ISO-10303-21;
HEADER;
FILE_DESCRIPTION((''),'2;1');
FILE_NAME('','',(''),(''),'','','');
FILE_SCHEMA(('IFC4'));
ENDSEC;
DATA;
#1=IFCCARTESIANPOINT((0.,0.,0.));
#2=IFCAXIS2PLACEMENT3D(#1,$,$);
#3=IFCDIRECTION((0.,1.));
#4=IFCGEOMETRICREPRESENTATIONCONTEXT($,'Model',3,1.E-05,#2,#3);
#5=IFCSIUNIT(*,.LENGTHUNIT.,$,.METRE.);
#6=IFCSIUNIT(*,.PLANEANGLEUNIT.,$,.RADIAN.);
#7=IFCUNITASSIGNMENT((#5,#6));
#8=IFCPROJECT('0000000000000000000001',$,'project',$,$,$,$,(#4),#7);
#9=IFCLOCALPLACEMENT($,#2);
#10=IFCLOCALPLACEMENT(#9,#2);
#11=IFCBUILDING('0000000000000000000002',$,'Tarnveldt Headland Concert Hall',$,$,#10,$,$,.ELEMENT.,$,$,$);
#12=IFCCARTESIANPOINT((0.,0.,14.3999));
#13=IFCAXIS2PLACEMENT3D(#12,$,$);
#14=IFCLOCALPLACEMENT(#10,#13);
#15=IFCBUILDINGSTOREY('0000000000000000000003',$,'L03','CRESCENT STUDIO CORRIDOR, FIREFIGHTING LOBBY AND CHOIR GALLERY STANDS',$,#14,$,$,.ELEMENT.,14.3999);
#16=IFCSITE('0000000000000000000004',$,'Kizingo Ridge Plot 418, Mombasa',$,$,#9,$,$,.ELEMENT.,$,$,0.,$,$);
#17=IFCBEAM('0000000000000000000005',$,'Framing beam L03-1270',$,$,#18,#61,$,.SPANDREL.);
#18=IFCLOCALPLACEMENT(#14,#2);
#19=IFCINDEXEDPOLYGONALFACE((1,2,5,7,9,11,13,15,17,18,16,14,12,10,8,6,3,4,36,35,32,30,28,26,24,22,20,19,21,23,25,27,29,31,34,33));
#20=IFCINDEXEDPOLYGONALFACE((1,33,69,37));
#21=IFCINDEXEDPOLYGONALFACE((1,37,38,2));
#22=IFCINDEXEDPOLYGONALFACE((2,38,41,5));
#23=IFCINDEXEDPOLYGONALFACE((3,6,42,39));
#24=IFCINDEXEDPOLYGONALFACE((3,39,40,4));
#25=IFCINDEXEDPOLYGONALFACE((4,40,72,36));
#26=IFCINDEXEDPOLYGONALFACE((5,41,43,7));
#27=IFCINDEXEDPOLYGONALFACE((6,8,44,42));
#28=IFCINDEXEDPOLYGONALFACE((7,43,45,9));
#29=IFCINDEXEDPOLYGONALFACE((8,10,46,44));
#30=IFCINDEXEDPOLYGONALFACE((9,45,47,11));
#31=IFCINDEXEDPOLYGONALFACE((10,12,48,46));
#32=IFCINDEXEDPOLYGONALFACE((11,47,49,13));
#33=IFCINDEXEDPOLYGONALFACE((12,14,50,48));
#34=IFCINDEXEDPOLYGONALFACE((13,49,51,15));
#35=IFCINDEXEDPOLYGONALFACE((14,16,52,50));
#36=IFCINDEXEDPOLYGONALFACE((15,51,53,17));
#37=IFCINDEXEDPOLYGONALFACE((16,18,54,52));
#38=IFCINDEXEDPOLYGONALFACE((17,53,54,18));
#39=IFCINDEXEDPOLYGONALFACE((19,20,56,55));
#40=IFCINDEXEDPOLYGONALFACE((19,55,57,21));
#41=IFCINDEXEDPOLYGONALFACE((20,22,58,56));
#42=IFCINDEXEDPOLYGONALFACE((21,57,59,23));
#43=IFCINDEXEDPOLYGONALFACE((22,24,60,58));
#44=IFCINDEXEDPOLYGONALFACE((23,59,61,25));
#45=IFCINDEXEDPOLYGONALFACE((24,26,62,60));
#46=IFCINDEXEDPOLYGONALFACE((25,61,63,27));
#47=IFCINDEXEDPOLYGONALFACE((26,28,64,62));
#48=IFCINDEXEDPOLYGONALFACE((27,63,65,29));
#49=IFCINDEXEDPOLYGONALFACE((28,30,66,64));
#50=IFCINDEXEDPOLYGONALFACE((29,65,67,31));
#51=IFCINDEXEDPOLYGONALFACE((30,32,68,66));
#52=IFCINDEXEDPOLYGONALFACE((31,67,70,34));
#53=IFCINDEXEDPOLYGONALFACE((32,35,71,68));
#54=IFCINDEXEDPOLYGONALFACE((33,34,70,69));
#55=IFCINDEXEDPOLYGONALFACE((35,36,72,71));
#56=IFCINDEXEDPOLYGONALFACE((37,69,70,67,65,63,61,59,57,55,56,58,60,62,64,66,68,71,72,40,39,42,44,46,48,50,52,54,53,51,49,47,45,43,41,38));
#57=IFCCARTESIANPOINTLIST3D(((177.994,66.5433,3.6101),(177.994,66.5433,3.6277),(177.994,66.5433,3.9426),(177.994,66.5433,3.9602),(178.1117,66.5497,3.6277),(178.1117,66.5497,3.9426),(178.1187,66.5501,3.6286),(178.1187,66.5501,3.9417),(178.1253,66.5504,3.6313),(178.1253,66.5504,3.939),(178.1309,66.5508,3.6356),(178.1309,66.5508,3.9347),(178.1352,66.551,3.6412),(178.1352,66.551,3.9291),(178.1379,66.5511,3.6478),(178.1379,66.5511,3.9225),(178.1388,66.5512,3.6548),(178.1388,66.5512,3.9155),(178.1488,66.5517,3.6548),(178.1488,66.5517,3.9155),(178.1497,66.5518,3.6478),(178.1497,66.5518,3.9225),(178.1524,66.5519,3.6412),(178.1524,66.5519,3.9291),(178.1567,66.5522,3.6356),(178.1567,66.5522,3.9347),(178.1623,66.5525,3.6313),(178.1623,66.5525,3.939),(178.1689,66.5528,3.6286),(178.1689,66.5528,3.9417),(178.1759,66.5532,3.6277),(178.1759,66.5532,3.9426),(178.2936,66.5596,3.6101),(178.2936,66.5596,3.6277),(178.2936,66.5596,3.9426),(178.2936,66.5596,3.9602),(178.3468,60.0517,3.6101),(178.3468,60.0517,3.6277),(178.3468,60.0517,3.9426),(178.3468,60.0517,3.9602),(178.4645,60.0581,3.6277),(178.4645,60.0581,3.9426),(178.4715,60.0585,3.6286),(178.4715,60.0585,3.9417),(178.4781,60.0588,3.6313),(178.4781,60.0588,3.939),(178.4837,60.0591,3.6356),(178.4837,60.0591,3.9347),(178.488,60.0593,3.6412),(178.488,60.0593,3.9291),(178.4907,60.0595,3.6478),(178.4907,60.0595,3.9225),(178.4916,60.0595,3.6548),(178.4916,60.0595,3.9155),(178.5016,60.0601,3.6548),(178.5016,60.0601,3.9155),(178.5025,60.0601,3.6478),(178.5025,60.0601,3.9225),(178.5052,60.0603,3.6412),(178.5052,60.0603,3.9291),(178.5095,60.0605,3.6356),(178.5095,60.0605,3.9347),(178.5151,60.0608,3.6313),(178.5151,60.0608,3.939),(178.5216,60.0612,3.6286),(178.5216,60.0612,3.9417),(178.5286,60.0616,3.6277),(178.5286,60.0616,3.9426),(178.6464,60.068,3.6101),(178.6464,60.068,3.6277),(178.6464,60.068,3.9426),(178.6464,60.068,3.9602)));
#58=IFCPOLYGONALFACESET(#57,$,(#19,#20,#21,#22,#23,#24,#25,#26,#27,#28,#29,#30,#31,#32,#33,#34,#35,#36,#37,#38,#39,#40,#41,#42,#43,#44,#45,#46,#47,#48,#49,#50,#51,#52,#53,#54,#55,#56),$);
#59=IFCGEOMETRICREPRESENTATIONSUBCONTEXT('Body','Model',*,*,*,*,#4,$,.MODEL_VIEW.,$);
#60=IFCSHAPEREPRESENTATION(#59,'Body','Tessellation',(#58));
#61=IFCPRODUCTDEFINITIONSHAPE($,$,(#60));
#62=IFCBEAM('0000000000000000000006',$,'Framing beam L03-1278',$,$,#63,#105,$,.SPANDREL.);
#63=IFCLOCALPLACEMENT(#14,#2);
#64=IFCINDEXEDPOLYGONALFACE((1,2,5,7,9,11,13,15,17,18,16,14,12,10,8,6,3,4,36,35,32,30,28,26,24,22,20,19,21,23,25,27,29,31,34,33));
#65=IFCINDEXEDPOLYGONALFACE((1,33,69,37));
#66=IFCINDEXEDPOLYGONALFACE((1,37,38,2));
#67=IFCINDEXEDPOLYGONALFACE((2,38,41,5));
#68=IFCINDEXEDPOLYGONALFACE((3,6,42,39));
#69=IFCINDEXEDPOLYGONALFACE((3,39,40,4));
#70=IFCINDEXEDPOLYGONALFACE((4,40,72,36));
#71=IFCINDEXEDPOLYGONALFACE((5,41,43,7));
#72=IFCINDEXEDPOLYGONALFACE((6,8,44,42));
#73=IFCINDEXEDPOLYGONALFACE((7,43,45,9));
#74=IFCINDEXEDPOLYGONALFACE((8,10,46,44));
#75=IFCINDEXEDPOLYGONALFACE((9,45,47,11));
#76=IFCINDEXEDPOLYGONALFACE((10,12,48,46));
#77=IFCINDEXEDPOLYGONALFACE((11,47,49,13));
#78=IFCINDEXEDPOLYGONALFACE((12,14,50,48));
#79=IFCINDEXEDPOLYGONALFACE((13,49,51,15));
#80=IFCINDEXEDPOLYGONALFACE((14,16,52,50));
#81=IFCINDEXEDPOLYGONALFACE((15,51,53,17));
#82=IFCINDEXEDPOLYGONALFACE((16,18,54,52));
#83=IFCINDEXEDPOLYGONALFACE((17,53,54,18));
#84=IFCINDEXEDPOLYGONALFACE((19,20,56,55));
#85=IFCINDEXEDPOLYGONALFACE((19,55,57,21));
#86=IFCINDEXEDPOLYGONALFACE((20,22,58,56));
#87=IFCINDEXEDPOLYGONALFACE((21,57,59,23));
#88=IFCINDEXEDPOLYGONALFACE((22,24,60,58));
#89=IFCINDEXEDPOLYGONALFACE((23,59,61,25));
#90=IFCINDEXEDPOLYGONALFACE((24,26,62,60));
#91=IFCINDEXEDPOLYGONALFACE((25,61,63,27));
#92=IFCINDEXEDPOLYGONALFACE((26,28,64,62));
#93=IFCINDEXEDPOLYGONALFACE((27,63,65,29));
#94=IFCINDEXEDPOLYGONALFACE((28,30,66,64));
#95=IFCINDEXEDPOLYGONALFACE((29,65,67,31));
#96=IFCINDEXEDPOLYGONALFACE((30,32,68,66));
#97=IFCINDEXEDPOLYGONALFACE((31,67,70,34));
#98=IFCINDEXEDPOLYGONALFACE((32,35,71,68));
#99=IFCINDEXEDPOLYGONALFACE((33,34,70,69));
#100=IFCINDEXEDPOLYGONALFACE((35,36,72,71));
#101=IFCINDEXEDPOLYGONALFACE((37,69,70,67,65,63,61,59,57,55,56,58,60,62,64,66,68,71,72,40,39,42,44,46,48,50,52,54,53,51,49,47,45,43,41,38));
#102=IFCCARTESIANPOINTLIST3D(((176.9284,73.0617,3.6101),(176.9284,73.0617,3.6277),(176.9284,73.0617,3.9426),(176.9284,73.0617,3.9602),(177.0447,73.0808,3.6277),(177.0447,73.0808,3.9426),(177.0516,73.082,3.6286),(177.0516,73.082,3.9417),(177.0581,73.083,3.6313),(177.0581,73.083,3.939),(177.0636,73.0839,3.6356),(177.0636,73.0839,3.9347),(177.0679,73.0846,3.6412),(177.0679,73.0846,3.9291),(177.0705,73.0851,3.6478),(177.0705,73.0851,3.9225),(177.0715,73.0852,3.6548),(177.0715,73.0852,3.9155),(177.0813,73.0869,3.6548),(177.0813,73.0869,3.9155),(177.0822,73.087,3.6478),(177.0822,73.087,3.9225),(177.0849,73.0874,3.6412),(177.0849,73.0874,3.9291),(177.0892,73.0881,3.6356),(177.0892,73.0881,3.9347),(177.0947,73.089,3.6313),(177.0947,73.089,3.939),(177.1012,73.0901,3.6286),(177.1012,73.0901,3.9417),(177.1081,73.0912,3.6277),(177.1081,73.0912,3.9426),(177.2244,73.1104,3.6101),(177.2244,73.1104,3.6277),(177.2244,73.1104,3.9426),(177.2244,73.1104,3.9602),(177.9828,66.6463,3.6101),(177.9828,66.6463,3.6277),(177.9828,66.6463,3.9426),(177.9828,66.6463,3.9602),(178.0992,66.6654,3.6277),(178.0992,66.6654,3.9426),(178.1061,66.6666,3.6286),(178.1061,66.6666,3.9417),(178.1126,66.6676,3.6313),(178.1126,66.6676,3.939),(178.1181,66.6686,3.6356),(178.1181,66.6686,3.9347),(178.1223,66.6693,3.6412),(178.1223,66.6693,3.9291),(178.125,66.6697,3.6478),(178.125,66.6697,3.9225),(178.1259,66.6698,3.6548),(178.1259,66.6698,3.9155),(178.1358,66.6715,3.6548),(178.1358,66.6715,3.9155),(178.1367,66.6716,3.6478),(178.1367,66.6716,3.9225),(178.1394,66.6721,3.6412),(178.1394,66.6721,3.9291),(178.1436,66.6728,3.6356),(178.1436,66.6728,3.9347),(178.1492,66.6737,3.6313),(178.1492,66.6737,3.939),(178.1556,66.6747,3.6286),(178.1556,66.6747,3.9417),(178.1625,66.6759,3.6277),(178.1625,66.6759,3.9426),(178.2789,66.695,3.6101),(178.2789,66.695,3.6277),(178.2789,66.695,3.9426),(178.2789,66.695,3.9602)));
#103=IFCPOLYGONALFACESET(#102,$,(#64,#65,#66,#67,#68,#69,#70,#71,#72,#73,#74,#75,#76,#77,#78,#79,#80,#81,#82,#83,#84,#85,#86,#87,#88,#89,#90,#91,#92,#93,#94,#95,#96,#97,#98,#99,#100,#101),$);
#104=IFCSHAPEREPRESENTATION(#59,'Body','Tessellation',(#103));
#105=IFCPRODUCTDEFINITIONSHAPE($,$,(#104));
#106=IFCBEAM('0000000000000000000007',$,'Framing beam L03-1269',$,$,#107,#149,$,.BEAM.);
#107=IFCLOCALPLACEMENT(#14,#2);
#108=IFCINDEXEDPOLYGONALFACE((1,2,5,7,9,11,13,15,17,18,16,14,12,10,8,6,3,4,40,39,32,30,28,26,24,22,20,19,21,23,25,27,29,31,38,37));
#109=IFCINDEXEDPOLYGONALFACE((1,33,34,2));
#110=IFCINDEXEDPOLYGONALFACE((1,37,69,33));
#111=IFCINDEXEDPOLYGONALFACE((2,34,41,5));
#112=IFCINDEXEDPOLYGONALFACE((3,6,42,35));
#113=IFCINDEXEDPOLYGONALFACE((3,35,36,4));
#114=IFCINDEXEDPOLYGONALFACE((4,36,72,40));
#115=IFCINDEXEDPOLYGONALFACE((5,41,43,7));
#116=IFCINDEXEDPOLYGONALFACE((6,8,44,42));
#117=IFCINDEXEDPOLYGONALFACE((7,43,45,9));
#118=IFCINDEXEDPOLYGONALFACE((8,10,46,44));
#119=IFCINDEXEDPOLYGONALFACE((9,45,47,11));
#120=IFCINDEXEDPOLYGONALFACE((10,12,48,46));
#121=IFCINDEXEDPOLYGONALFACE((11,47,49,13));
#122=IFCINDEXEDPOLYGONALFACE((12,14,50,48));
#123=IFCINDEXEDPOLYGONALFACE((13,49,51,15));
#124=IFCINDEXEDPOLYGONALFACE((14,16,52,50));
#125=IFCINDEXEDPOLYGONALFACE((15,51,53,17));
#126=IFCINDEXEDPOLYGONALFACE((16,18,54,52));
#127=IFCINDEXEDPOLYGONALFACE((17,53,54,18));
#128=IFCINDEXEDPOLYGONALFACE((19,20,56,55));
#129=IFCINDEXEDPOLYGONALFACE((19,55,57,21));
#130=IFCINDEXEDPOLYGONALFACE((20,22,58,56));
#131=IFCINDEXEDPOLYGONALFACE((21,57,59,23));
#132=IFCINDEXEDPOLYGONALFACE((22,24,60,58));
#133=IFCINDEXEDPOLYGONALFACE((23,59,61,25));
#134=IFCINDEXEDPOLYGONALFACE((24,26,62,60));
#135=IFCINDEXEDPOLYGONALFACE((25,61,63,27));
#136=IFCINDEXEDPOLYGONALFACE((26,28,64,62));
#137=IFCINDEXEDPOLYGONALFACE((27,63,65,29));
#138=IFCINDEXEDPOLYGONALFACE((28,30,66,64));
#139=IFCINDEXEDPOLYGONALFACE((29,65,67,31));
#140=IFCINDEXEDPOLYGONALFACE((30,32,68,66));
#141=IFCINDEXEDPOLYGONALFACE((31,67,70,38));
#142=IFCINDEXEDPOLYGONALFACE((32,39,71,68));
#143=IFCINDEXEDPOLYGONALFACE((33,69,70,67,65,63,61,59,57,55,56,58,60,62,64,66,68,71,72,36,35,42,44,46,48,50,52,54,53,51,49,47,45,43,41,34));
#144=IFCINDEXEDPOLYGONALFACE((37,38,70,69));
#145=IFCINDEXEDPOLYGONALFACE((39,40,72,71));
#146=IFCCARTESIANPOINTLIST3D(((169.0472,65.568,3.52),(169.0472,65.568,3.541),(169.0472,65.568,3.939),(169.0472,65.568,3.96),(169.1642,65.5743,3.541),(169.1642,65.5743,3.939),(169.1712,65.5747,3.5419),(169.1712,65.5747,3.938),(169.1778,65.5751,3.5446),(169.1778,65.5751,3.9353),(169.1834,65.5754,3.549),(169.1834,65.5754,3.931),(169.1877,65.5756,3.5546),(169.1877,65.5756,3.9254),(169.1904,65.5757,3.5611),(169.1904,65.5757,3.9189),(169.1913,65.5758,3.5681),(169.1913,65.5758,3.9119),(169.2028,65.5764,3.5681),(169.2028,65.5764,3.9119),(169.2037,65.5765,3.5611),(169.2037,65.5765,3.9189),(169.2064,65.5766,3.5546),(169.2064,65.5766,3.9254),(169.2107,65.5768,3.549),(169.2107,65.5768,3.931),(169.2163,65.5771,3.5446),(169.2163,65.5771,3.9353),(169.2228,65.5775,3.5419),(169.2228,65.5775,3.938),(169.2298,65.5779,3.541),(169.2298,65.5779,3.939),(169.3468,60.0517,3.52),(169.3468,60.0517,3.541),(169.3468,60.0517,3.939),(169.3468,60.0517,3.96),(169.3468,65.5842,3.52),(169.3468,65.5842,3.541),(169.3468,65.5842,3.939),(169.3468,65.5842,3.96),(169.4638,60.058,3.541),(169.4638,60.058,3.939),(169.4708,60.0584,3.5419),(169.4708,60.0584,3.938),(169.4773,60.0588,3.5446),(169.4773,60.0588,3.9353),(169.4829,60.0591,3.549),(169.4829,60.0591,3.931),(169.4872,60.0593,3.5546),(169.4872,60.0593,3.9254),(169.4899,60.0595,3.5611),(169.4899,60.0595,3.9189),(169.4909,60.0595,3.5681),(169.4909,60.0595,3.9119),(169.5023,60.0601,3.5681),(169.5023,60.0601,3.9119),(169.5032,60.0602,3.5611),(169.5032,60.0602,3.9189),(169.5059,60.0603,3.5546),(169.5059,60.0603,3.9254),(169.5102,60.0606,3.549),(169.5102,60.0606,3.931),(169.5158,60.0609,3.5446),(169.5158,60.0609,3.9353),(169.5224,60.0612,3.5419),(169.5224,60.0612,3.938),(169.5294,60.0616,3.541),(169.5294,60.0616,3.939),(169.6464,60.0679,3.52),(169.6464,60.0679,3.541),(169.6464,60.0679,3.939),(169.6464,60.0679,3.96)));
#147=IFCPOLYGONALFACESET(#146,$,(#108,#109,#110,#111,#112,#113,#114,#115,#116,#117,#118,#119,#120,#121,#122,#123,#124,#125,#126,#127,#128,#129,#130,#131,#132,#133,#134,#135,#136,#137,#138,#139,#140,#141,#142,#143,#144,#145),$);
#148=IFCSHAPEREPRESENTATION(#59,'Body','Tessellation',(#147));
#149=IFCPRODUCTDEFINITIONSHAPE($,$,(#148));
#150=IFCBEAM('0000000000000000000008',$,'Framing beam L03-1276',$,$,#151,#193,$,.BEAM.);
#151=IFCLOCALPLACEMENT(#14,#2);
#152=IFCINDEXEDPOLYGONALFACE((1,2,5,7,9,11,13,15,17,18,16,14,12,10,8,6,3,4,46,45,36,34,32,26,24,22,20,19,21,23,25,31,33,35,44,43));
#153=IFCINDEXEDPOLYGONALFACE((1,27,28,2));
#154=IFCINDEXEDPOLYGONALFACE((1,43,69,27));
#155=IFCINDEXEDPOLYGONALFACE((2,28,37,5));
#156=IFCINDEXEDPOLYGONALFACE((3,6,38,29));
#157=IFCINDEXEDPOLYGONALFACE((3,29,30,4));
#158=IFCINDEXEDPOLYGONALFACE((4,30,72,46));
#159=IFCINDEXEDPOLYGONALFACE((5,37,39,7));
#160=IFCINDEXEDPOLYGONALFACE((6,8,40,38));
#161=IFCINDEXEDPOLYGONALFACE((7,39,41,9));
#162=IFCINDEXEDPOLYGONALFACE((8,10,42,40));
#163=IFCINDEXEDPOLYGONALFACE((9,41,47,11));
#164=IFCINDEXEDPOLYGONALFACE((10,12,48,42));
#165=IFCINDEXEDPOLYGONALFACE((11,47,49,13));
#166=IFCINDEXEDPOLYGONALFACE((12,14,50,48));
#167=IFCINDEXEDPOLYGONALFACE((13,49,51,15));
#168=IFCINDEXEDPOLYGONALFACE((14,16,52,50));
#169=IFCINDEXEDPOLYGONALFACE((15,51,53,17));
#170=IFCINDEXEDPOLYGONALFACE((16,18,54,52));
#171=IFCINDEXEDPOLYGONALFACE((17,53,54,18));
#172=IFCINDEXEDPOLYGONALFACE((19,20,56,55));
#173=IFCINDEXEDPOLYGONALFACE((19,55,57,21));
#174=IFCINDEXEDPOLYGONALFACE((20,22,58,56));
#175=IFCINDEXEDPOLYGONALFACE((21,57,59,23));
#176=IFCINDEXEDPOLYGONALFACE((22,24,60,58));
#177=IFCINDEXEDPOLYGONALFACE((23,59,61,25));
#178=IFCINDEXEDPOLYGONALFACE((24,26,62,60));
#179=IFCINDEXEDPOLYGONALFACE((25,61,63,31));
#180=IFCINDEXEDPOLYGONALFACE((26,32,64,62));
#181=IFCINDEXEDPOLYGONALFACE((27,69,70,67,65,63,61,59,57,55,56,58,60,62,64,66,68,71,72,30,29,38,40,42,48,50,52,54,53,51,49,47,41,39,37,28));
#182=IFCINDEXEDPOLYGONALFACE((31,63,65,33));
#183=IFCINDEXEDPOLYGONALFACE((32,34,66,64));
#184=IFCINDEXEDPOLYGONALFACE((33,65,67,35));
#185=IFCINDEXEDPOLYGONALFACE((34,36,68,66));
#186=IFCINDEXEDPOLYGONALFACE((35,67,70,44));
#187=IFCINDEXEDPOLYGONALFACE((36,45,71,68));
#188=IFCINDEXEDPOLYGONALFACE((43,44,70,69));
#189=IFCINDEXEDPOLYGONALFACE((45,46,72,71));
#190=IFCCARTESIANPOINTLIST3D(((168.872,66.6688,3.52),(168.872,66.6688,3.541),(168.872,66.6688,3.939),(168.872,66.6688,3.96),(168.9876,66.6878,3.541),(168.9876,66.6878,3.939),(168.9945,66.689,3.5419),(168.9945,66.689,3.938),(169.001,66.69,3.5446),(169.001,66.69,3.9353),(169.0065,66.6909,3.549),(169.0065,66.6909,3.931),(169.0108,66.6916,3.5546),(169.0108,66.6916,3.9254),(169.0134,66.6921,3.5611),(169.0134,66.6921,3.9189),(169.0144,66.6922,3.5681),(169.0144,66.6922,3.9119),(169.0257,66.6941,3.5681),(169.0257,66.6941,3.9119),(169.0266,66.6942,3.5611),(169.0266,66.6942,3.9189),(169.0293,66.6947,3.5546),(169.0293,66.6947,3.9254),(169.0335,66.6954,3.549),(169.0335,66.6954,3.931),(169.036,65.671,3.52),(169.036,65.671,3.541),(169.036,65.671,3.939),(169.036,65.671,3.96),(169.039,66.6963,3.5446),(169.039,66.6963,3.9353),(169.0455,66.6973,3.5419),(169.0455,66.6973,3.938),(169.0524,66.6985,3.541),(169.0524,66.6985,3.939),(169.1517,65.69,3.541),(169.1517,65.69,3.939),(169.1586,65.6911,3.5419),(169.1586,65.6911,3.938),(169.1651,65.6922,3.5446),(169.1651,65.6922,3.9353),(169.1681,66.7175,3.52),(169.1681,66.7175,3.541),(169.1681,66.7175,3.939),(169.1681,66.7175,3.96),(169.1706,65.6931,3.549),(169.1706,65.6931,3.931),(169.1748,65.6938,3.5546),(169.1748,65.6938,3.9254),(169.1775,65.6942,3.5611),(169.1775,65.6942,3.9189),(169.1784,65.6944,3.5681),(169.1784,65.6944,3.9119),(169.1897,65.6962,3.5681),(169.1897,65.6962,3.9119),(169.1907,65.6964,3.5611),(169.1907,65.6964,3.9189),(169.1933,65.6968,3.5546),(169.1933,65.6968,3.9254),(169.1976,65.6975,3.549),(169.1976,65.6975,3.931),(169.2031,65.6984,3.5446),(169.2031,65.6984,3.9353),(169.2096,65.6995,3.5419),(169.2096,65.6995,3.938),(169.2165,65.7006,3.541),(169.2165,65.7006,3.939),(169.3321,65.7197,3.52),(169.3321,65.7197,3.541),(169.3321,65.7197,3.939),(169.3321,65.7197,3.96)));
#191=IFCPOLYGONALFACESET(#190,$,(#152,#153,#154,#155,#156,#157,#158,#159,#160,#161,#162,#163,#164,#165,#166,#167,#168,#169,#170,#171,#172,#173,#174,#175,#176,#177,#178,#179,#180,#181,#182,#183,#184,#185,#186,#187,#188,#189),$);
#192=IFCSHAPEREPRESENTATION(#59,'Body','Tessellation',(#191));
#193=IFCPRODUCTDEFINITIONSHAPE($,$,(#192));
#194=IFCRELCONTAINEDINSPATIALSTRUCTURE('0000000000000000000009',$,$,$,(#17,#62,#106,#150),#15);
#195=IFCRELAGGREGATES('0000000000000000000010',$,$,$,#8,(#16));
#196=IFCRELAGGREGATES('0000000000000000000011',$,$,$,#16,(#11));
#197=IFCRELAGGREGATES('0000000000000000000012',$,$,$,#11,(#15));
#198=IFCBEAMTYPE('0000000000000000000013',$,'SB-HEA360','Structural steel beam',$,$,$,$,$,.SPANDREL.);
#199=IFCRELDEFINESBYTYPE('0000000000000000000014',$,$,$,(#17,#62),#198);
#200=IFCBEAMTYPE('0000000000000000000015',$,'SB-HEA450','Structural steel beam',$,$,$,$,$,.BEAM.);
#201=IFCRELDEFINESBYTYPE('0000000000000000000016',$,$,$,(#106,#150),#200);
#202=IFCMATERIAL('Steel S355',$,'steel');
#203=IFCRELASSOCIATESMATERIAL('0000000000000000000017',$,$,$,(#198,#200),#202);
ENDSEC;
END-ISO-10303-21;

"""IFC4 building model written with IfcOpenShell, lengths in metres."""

from ifc_helpers import new_model, si_unit, direction, frame, origin, origin_2d, place, context, subcontext, project, spatial, i_section, extrude, material, material_profile, profile_set, type_object, element, save


model = new_model("IFC4")

# Units and contexts
model_context = context("Model", 3, precision=1e-05, world=origin(), true_north=direction((0.0, 1.0)))
body_context = subcontext(model_context, "Body", "Model", "MODEL_VIEW")
ifc_project = project(units=[si_unit("LENGTHUNIT", "METRE"), si_unit("PLANEANGLEUNIT", "RADIAN")], contexts=[model_context])

# Site, building, storey
site_placement = place(None, origin())
site = spatial("IfcSite", under=ifc_project, at=site_placement, Name="Kizingo Ridge Plot 418, Mombasa", CompositionType="ELEMENT", RefElevation=0.0)
building_placement = place(site_placement, origin())
building = spatial("IfcBuilding", under=site, at=building_placement, Name="Tarnveldt Headland Concert Hall", CompositionType="ELEMENT")
storey_placement = place(building_placement, frame((0.0, 0.0, 14.3999)))
storey = spatial("IfcBuildingStorey", under=building, at=storey_placement, Name="L03", Description="CRESCENT STUDIO CORRIDOR, FIREFIGHTING LOBBY AND CHOIR GALLERY STANDS", CompositionType="ELEMENT", Elevation=14.3999)

# Shared definitions
ifc_material_1 = material(Name="Steel S355", Category="steel")

# Beams
ifc_material_profile_1 = material_profile(ifc_material_1, i_section(OverallWidth=0.3, OverallDepth=0.3501, WebThickness=0.01, FlangeThickness=0.0176, FilletRadius=0.0271, at=origin_2d()), Name="HEA360", Category="steel")
ifc_profile_set_1 = profile_set([ifc_material_profile_1], Name="Steel S355")
beam_type_1 = type_object("IfcBeamType", Name="SB-HEA360", Description="Structural steel beam", PredefinedType="SPANDREL", material=ifc_profile_set_1)
beam_1_placement = place(storey_placement, frame((178.4966, 60.0598, 3.7852), z_axis=(-0.054264, 0.998527, 0.0), x_axis=(-0.998527, -0.054264, 0.0)))
element("IfcBeam", 1, at=beam_1_placement, inside=storey, type_object=beam_type_1, Name="Framing beam L03-1270", PredefinedType="SPANDREL", context=body_context, shape_type="SweptSolid", body=[
    extrude(i_section(OverallWidth=0.3, OverallDepth=0.3501, WebThickness=0.01, FlangeThickness=0.0176, FilletRadius=0.0271, at=origin_2d()), origin(), (0.0, 0.0, 1.0), 6.5012),
])
beam_2_placement = place(storey_placement, frame((178.1309, 66.6707, 3.7852), z_axis=(-0.162188, 0.98676, 0.0), x_axis=(-0.98676, -0.162188, 0.0)))
element("IfcBeam", 2, at=beam_2_placement, inside=storey, type_object=beam_type_1, Name="Framing beam L03-1278", PredefinedType="SPANDREL", context=body_context, shape_type="SweptSolid", body=[
    extrude(i_section(OverallWidth=0.3, OverallDepth=0.3501, WebThickness=0.01, FlangeThickness=0.0176, FilletRadius=0.0271, at=origin_2d()), origin(), (0.0, 0.0, 1.0), 6.5015),
])
ifc_material_profile_2 = material_profile(ifc_material_1, i_section(OverallWidth=0.3, OverallDepth=0.4399, WebThickness=0.0115, FlangeThickness=0.021, FilletRadius=0.0271, at=origin_2d()), Name="HEA450", Category="steel")
ifc_profile_set_2 = profile_set([ifc_material_profile_2], Name="Steel S355")
beam_type_2 = type_object("IfcBeamType", Name="SB-HEA450", Description="Structural steel beam", PredefinedType="BEAM", material=ifc_profile_set_2)
beam_3_placement = place(storey_placement, frame((169.4966, 60.0598, 3.74), z_axis=(-0.054224, 0.998529, 0.0), x_axis=(-0.998529, -0.054224, 0.0)))
element("IfcBeam", 3, at=beam_3_placement, inside=storey, type_object=beam_type_2, Name="Framing beam L03-1269", PredefinedType="BEAM", context=body_context, shape_type="SweptSolid", body=[
    extrude(i_section(OverallWidth=0.3, OverallDepth=0.4399, WebThickness=0.0115, FlangeThickness=0.021, FilletRadius=0.0271, at=origin_2d()), origin(), (0.0, 0.0, 1.0), 5.5244),
])
beam_4_placement = place(storey_placement, frame((169.1841, 65.6953, 3.74), z_axis=(-0.162245, 0.98675, 0.0), x_axis=(-0.98675, -0.162245, 0.0)))
element("IfcBeam", 4, at=beam_4_placement, inside=storey, type_object=beam_type_2, Name="Framing beam L03-1276", PredefinedType="BEAM", context=body_context, shape_type="SweptSolid", body=[
    extrude(i_section(OverallWidth=0.3, OverallDepth=0.4399, WebThickness=0.0115, FlangeThickness=0.021, FilletRadius=0.0271, at=origin_2d()), origin(), (0.0, 0.0, 1.0), 1.0112),
])

save(model, "model.ifc")
